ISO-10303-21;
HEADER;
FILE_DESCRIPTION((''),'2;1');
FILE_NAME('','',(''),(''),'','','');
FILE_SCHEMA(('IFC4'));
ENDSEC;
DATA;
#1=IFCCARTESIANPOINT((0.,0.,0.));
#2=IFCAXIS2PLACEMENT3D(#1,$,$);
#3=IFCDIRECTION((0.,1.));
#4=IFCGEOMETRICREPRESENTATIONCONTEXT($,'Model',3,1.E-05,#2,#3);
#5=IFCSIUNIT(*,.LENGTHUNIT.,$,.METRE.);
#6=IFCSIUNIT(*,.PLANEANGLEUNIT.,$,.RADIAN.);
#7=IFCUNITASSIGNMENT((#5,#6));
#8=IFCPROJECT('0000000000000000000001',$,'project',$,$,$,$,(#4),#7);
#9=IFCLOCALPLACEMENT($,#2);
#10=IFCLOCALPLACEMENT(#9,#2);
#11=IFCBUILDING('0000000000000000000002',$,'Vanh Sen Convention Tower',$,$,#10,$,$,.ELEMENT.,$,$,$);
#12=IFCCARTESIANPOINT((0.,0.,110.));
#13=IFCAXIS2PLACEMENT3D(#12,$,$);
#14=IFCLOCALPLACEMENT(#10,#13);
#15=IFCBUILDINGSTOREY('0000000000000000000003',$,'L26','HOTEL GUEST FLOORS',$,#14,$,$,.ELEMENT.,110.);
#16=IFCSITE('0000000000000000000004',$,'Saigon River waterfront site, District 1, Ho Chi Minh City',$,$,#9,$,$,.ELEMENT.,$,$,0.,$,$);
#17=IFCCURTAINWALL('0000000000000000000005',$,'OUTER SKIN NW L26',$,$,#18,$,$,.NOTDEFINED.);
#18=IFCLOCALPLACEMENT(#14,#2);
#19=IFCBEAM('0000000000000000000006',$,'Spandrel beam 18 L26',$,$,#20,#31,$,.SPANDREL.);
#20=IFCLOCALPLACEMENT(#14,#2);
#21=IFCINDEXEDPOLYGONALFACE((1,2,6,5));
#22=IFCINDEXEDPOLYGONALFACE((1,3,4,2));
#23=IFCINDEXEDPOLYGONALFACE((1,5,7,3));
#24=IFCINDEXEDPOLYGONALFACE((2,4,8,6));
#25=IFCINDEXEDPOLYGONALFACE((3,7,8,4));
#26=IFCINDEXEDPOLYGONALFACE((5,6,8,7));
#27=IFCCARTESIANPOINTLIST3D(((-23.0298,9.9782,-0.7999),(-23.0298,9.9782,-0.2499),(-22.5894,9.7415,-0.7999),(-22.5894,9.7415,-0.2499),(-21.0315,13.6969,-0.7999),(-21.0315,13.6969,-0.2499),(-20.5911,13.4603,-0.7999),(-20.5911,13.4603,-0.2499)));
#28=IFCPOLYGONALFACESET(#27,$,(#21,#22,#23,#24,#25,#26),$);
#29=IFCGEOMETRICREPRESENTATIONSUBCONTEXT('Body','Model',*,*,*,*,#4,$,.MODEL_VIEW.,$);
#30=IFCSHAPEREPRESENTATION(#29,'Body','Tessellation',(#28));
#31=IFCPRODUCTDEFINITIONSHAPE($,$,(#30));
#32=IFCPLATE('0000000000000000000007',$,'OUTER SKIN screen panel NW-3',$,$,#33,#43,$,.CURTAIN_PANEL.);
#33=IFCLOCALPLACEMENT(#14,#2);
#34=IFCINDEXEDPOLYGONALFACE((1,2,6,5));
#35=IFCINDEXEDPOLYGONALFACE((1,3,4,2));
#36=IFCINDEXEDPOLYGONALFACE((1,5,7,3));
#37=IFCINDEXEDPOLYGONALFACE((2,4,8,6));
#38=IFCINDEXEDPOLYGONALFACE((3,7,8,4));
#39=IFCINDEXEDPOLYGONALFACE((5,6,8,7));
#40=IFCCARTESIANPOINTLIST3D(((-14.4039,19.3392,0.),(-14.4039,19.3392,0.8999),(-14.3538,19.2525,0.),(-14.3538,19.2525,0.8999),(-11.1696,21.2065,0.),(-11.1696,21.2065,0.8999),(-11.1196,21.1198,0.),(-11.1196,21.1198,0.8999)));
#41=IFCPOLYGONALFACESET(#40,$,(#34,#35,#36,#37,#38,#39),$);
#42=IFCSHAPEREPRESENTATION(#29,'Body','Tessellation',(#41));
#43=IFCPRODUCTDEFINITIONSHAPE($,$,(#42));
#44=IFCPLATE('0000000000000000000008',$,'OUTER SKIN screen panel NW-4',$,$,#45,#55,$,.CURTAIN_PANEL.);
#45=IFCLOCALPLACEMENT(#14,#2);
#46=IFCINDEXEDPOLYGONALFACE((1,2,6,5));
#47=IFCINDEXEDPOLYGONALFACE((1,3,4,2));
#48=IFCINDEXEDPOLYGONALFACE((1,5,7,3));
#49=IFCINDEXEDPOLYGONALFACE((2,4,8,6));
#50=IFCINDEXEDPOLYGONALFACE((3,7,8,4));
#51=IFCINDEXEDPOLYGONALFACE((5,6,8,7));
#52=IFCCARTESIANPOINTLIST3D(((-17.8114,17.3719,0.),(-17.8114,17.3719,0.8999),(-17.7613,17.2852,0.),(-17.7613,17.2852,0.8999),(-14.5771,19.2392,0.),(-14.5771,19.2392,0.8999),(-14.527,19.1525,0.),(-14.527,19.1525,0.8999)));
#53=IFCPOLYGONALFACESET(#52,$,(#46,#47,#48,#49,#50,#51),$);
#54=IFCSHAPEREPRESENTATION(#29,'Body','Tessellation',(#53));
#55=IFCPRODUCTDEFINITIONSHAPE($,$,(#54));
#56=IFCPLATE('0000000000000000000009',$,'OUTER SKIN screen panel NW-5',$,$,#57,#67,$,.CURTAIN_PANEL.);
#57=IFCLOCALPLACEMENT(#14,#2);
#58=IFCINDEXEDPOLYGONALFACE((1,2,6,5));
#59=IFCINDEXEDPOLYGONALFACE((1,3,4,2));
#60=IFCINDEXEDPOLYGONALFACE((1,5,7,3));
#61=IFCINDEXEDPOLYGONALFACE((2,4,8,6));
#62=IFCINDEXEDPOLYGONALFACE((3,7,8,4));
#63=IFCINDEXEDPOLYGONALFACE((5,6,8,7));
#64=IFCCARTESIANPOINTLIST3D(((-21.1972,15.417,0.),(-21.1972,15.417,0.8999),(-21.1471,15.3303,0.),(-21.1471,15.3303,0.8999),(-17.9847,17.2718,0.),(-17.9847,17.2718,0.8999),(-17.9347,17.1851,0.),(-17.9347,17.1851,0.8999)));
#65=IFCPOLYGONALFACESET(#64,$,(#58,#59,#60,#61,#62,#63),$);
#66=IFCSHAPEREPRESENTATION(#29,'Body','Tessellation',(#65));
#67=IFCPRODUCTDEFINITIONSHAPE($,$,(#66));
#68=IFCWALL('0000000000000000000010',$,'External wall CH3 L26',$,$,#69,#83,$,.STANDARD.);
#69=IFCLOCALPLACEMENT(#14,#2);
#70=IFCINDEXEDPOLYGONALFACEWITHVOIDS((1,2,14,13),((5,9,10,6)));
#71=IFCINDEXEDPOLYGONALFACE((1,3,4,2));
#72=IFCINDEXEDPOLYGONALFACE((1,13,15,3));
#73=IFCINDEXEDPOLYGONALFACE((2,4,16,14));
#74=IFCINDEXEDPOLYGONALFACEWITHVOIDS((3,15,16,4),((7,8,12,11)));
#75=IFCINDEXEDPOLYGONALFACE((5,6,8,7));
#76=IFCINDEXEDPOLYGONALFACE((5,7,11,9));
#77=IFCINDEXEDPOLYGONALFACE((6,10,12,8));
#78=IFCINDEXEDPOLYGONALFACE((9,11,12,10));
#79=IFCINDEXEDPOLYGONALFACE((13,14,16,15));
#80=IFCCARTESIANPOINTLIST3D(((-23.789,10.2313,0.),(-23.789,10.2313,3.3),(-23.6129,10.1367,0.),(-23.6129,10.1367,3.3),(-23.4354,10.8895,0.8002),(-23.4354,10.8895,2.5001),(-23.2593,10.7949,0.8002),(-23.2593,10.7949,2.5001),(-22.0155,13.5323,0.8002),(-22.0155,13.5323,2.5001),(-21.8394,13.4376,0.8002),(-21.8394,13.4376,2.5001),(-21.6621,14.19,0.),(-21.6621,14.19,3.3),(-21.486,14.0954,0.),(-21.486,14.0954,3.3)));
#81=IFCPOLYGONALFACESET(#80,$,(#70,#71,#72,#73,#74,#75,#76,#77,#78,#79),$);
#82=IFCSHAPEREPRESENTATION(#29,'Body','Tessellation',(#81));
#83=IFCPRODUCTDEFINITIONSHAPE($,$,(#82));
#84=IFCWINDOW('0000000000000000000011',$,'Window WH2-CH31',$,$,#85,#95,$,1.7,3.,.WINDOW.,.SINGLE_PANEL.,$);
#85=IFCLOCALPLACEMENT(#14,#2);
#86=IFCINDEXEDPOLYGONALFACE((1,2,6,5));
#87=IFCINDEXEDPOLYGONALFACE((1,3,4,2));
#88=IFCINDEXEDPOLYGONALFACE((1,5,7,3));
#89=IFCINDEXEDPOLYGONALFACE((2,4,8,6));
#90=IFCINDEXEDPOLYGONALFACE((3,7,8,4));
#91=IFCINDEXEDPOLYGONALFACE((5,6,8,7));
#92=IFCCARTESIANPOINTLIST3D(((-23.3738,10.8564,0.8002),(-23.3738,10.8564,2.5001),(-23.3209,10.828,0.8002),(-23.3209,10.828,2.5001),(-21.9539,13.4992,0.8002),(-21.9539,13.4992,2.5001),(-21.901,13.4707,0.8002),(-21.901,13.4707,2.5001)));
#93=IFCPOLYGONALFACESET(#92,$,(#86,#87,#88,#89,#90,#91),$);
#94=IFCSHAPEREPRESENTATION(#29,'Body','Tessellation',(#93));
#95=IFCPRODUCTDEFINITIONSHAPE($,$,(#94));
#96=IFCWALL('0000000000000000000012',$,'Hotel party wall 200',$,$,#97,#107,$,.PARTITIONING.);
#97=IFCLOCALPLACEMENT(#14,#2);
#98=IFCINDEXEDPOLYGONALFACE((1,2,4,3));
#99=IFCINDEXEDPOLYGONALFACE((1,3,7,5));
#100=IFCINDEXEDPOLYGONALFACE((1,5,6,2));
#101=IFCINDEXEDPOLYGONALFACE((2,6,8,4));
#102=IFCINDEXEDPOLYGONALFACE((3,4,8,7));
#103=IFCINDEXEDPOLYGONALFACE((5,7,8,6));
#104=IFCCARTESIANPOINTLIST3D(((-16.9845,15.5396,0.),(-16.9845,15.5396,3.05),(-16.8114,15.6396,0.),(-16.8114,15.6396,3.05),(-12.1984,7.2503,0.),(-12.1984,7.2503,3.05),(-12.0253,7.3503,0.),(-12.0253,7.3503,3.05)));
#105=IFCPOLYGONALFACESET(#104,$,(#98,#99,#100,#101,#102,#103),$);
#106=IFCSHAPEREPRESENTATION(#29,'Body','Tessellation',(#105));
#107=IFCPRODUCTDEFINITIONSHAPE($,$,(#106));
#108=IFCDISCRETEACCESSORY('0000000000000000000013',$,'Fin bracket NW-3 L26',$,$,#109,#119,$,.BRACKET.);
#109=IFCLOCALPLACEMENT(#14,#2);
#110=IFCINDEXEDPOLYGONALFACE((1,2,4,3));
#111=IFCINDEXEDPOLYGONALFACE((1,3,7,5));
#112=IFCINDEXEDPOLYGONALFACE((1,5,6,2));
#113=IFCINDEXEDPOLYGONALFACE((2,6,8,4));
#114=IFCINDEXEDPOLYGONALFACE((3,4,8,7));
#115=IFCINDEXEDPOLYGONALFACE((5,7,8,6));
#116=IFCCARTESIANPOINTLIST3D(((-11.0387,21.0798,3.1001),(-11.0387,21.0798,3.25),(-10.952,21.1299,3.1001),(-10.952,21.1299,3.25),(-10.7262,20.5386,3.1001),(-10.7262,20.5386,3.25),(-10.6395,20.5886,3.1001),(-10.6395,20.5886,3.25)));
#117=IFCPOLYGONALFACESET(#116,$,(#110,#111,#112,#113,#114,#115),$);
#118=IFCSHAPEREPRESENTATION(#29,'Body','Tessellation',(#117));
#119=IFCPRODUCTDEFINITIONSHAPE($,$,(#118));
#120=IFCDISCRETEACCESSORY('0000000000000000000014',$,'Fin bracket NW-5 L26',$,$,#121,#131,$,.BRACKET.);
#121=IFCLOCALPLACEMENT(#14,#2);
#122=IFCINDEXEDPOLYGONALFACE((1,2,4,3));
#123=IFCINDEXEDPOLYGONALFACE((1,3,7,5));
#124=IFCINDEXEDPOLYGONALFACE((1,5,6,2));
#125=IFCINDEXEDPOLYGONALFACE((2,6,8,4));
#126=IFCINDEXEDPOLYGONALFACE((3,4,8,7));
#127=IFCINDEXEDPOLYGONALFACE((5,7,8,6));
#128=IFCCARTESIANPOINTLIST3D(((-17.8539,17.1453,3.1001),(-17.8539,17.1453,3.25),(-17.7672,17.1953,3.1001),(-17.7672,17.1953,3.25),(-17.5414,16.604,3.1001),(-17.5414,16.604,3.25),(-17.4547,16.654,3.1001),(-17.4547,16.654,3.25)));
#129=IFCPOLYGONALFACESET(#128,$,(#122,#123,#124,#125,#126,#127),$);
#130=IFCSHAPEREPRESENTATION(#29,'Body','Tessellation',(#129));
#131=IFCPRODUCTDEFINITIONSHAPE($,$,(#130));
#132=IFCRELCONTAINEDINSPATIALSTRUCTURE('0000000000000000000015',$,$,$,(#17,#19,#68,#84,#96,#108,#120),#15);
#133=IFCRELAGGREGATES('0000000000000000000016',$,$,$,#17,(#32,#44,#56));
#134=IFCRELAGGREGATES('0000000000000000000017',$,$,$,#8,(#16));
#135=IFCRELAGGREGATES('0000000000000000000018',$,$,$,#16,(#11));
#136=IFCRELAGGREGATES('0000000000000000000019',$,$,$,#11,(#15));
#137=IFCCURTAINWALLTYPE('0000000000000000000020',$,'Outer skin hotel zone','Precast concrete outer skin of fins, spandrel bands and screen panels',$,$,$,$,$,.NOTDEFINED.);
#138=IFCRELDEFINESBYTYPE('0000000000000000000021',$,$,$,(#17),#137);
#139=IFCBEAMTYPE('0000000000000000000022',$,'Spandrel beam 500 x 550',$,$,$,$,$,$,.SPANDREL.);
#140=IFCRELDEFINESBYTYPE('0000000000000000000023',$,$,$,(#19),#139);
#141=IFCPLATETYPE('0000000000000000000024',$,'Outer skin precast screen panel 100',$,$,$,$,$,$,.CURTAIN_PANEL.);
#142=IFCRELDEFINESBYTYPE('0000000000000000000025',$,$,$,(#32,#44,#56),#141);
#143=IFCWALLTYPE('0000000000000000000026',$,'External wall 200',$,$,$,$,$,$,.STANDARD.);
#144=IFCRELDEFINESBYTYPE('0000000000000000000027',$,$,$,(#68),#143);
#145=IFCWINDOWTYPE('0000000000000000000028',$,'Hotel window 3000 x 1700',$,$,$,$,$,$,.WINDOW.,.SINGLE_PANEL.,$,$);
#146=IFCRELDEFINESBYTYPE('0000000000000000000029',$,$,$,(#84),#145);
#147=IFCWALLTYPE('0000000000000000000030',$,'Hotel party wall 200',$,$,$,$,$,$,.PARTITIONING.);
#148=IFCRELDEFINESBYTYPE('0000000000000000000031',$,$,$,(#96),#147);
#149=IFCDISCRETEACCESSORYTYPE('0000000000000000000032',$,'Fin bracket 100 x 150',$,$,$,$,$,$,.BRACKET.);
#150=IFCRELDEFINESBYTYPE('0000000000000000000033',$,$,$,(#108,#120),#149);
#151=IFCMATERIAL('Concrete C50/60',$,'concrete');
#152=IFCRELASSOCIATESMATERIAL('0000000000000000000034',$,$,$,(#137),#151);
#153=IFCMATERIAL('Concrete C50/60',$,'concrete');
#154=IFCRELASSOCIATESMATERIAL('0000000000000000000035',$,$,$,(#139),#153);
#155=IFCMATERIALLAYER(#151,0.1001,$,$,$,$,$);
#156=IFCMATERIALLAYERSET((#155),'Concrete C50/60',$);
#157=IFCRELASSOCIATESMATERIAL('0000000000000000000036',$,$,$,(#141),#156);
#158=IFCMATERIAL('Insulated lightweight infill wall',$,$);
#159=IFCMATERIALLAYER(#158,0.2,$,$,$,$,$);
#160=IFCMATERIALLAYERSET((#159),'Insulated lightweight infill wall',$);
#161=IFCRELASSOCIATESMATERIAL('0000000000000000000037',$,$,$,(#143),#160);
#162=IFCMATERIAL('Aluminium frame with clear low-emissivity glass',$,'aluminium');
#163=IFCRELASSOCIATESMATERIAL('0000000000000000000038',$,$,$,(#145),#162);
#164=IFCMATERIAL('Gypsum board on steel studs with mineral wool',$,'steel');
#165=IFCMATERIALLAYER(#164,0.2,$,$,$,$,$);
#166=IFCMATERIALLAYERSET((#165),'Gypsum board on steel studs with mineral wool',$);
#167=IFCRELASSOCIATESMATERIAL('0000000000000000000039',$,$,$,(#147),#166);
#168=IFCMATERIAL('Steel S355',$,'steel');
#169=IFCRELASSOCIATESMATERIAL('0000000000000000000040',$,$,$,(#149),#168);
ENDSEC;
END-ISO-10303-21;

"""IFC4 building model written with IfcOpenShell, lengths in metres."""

from ifc_helpers import new_model, si_unit, direction, frame, frame_2d, origin, origin_2d, place, context, subcontext, project, spatial, rectangle, extrude, material, layer, layer_set, material_profile, profile_set, type_object, element, fill, aggregate, save


model = new_model("IFC4")

# Units and contexts
model_context = context("Model", 3, precision=1e-05, world=origin(), true_north=direction((0.0, 1.0)))
body_context = subcontext(model_context, "Body", "Model", "MODEL_VIEW")
ifc_project = project(units=[si_unit("LENGTHUNIT", "METRE"), si_unit("PLANEANGLEUNIT", "RADIAN")], contexts=[model_context])

# Site, building, storey
site_placement = place(None, origin())
site = spatial("IfcSite", under=ifc_project, at=site_placement, Name="Saigon River waterfront site, District 1, Ho Chi Minh City", CompositionType="ELEMENT", RefElevation=0.0)
building_placement = place(site_placement, origin())
building = spatial("IfcBuilding", under=site, at=building_placement, Name="Vanh Sen Convention Tower", CompositionType="ELEMENT")
storey_placement = place(building_placement, frame((0.0, 0.0, 110.0)))
storey = spatial("IfcBuildingStorey", under=building, at=storey_placement, Name="L26", Description="HOTEL GUEST FLOORS", CompositionType="ELEMENT", Elevation=110.0)

# Curtain wall
ifc_material_1 = material(Name="Concrete C50/60", Category="concrete")
curtain_wall_type = type_object("IfcCurtainWallType", Name="Outer skin hotel zone", Description="Precast concrete outer skin of fins, spandrel bands and screen panels", PredefinedType="NOTDEFINED", material=ifc_material_1)
curtain_wall_1_placement = place(storey_placement, origin())
curtain_wall_1 = element("IfcCurtainWall", 1, at=curtain_wall_1_placement, inside=storey, type_object=curtain_wall_type, Name="OUTER SKIN NW L26", PredefinedType="NOTDEFINED")

# Beam
ifc_material_2 = material(Name="Concrete C50/60", Category="concrete")
ifc_material_profile_1 = material_profile(ifc_material_2, rectangle(XDim=0.5, YDim=0.55, at=origin_2d()), Name="RC 500X550")
ifc_profile_set_1 = profile_set([ifc_material_profile_1], Name="Concrete C50/60")
beam_type_1 = type_object("IfcBeamType", Name="Spandrel beam 500 x 550", PredefinedType="SPANDREL", material=ifc_profile_set_1)
beam_1_placement = place(storey_placement, frame((-20.8113, 13.5786, -0.5249), z_axis=(-0.473344, -0.880877, 0.0), x_axis=(0.880877, -0.473344, 0.0)))
element("IfcBeam", 2, at=beam_1_placement, inside=storey, type_object=beam_type_1, Name="Spandrel beam 18 L26", PredefinedType="SPANDREL", context=body_context, shape_type="SweptSolid", body=[
    extrude(rectangle(XDim=0.5, YDim=0.55, at=origin_2d()), origin(), (0.0, 0.0, 1.0), 4.2217),
])

# Plates
ifc_layer_1 = layer(ifc_material_1, 0.1001)
ifc_layer_set_1 = layer_set([ifc_layer_1], Name="Concrete C50/60")
plate_type = type_object("IfcPlateType", Name="Outer skin precast screen panel 100", PredefinedType="CURTAIN_PANEL", material=ifc_layer_set_1)
plate_1_placement = place(storey_placement, frame((-12.7617, 20.2295, 0.0), z_axis=(0.0, 0.0, 1.0), x_axis=(-0.866028, -0.499995, 0.0)))
plate_1 = element("IfcPlate", 3, at=plate_1_placement, type_object=plate_type, Name="OUTER SKIN screen panel NW-3", PredefinedType="CURTAIN_PANEL", context=body_context, shape_type="SweptSolid", body=[
    extrude(rectangle(XDim=3.7346, YDim=0.1001, at=origin_2d()), origin(), (0.0, 0.0, 1.0), 0.8999),
])
plate_2_placement = place(storey_placement, frame((-16.1692, 18.2622, 0.0), z_axis=(0.0, 0.0, 1.0), x_axis=(-0.866028, -0.499995, 0.0)))
plate_2 = element("IfcPlate", 4, at=plate_2_placement, type_object=plate_type, Name="OUTER SKIN screen panel NW-4", PredefinedType="CURTAIN_PANEL", context=body_context, shape_type="SweptSolid", body=[
    extrude(rectangle(XDim=3.7346, YDim=0.1001, at=origin_2d()), origin(), (0.0, 0.0, 1.0), 0.8999),
])
plate_3_placement = place(storey_placement, frame((-19.5659, 16.301, 0.0), z_axis=(0.0, 0.0, 1.0), x_axis=(-0.866021, -0.500008, 0.0)))
plate_3 = element("IfcPlate", 5, at=plate_3_placement, type_object=plate_type, Name="OUTER SKIN screen panel NW-5", PredefinedType="CURTAIN_PANEL", context=body_context, shape_type="SweptSolid", body=[
    extrude(rectangle(XDim=3.7095, YDim=0.1001, at=origin_2d()), origin(), (0.0, 0.0, 1.0), 0.8999),
])
aggregate(curtain_wall_1, [plate_1, plate_2, plate_3])

# Wall, opening, window
ifc_material_3 = material(Name="Insulated lightweight infill wall")
ifc_layer_2 = layer(ifc_material_3, 0.2)
ifc_layer_set_2 = layer_set([ifc_layer_2], Name="Insulated lightweight infill wall")
wall_type_1 = type_object("IfcWallType", Name="External wall 200", PredefinedType="STANDARD", material=ifc_layer_set_2)
wall_1_placement = place(storey_placement, frame((-21.574, 14.1428, 0.0), z_axis=(0.0, 0.0, 1.0), x_axis=(-0.473293, -0.880905, 0.0)))
wall_1 = element("IfcWall", 6, at=wall_1_placement, inside=storey, type_object=wall_type_1, Name="External wall CH3 L26", PredefinedType="STANDARD", context=body_context, shape_type="SweptSolid", body=[
    extrude(rectangle(XDim=4.4939, YDim=0.2, at=frame_2d((2.2471, 0.0))), origin(), (0.0, 0.0, 1.0), 3.3),
])
opening_placement = place(wall_1_placement, frame((0.7468, 0.0, 0.8)))
opening = element("IfcOpeningElement", 7, at=opening_placement, cuts=wall_1, PredefinedType="OPENING", context=body_context, shape_type="SweptSolid", body=[
    extrude(rectangle(XDim=3.0, YDim=1.7, at=frame_2d((1.5, 0.8501))), frame((0.0, 0.1099, 0.0), z_axis=(0.0, -1.0, 0.0), x_axis=(1.0, 0.0, 0.0)), (0.0, 0.0, 1.0), 0.22),
])
ifc_material_4 = material(Name="Aluminium frame with clear low-emissivity glass", Category="aluminium")
window_type = type_object("IfcWindowType", Name="Hotel window 3000 x 1700", PartitioningType="SINGLE_PANEL", PredefinedType="WINDOW", material=ifc_material_4)
window_placement = place(opening_placement, origin())
window = element("IfcWindow", 8, at=window_placement, inside=storey, type_object=window_type, Name="Window WH2-CH31", OverallHeight=1.7, OverallWidth=3.0, PartitioningType="SINGLE_PANEL", PredefinedType="WINDOW", context=body_context, shape_type="SweptSolid", body=[
    extrude(rectangle(XDim=3.0, YDim=1.7, at=frame_2d((1.5, 0.8501))), frame((0.0, 0.03, 0.0), z_axis=(0.0, -1.0, 0.0), x_axis=(1.0, 0.0, 0.0)), (0.0, 0.0, 1.0), 0.0601),
])
fill(opening, window)

# Wall
ifc_material_5 = material(Name="Gypsum board on steel studs with mineral wool", Category="steel")
ifc_layer_3 = layer(ifc_material_5, 0.2)
ifc_layer_set_3 = layer_set([ifc_layer_3], Name="Gypsum board on steel studs with mineral wool")
wall_type_2 = type_object("IfcWallType", Name="Hotel party wall 200", PredefinedType="PARTITIONING", material=ifc_layer_set_3)
wall_2_placement = place(storey_placement, frame((-16.8979, 15.5896, 0.0), z_axis=(0.0, 0.0, 1.0), x_axis=(0.500023, -0.866012, 0.0)))
element("IfcWall", 9, at=wall_2_placement, inside=storey, type_object=wall_type_2, Name="Hotel party wall 200", PredefinedType="PARTITIONING", context=body_context, shape_type="SweptSolid", body=[
    extrude(rectangle(XDim=9.5718, YDim=0.2, at=frame_2d((4.7859, 0.0))), origin(), (0.0, 0.0, 1.0), 3.05),
])

# Discrete accessories
ifc_material_6 = material(Name="Steel S355", Category="steel")
discrete_accessory_type = type_object("IfcDiscreteAccessoryType", Name="Fin bracket 100 x 150", PredefinedType="BRACKET", material=ifc_material_6)
for number, where, z_axis, x_axis, name in (
    (10, (-10.8391, 20.8342, 3.1001), (0.0, 0.0, 1.0), (-0.5, 0.866025, 0.0), "Fin bracket NW-3 L26"),
    (11, (-17.6543, 16.8997, 3.1001), (0.0, 0.0, 1.0), (-0.5, 0.866025, 0.0), "Fin bracket NW-5 L26"),
):
    element("IfcDiscreteAccessory", number, at=place(storey_placement, frame(where, z_axis=z_axis, x_axis=x_axis)), inside=storey, type_object=discrete_accessory_type, Name=name, PredefinedType="BRACKET", context=body_context, shape_type="SweptSolid", body=[
        extrude(rectangle(XDim=0.625, YDim=0.1001, at=origin_2d()), origin(), (0.0, 0.0, 1.0), 0.1499),
    ])

save(model, "model.ifc")
